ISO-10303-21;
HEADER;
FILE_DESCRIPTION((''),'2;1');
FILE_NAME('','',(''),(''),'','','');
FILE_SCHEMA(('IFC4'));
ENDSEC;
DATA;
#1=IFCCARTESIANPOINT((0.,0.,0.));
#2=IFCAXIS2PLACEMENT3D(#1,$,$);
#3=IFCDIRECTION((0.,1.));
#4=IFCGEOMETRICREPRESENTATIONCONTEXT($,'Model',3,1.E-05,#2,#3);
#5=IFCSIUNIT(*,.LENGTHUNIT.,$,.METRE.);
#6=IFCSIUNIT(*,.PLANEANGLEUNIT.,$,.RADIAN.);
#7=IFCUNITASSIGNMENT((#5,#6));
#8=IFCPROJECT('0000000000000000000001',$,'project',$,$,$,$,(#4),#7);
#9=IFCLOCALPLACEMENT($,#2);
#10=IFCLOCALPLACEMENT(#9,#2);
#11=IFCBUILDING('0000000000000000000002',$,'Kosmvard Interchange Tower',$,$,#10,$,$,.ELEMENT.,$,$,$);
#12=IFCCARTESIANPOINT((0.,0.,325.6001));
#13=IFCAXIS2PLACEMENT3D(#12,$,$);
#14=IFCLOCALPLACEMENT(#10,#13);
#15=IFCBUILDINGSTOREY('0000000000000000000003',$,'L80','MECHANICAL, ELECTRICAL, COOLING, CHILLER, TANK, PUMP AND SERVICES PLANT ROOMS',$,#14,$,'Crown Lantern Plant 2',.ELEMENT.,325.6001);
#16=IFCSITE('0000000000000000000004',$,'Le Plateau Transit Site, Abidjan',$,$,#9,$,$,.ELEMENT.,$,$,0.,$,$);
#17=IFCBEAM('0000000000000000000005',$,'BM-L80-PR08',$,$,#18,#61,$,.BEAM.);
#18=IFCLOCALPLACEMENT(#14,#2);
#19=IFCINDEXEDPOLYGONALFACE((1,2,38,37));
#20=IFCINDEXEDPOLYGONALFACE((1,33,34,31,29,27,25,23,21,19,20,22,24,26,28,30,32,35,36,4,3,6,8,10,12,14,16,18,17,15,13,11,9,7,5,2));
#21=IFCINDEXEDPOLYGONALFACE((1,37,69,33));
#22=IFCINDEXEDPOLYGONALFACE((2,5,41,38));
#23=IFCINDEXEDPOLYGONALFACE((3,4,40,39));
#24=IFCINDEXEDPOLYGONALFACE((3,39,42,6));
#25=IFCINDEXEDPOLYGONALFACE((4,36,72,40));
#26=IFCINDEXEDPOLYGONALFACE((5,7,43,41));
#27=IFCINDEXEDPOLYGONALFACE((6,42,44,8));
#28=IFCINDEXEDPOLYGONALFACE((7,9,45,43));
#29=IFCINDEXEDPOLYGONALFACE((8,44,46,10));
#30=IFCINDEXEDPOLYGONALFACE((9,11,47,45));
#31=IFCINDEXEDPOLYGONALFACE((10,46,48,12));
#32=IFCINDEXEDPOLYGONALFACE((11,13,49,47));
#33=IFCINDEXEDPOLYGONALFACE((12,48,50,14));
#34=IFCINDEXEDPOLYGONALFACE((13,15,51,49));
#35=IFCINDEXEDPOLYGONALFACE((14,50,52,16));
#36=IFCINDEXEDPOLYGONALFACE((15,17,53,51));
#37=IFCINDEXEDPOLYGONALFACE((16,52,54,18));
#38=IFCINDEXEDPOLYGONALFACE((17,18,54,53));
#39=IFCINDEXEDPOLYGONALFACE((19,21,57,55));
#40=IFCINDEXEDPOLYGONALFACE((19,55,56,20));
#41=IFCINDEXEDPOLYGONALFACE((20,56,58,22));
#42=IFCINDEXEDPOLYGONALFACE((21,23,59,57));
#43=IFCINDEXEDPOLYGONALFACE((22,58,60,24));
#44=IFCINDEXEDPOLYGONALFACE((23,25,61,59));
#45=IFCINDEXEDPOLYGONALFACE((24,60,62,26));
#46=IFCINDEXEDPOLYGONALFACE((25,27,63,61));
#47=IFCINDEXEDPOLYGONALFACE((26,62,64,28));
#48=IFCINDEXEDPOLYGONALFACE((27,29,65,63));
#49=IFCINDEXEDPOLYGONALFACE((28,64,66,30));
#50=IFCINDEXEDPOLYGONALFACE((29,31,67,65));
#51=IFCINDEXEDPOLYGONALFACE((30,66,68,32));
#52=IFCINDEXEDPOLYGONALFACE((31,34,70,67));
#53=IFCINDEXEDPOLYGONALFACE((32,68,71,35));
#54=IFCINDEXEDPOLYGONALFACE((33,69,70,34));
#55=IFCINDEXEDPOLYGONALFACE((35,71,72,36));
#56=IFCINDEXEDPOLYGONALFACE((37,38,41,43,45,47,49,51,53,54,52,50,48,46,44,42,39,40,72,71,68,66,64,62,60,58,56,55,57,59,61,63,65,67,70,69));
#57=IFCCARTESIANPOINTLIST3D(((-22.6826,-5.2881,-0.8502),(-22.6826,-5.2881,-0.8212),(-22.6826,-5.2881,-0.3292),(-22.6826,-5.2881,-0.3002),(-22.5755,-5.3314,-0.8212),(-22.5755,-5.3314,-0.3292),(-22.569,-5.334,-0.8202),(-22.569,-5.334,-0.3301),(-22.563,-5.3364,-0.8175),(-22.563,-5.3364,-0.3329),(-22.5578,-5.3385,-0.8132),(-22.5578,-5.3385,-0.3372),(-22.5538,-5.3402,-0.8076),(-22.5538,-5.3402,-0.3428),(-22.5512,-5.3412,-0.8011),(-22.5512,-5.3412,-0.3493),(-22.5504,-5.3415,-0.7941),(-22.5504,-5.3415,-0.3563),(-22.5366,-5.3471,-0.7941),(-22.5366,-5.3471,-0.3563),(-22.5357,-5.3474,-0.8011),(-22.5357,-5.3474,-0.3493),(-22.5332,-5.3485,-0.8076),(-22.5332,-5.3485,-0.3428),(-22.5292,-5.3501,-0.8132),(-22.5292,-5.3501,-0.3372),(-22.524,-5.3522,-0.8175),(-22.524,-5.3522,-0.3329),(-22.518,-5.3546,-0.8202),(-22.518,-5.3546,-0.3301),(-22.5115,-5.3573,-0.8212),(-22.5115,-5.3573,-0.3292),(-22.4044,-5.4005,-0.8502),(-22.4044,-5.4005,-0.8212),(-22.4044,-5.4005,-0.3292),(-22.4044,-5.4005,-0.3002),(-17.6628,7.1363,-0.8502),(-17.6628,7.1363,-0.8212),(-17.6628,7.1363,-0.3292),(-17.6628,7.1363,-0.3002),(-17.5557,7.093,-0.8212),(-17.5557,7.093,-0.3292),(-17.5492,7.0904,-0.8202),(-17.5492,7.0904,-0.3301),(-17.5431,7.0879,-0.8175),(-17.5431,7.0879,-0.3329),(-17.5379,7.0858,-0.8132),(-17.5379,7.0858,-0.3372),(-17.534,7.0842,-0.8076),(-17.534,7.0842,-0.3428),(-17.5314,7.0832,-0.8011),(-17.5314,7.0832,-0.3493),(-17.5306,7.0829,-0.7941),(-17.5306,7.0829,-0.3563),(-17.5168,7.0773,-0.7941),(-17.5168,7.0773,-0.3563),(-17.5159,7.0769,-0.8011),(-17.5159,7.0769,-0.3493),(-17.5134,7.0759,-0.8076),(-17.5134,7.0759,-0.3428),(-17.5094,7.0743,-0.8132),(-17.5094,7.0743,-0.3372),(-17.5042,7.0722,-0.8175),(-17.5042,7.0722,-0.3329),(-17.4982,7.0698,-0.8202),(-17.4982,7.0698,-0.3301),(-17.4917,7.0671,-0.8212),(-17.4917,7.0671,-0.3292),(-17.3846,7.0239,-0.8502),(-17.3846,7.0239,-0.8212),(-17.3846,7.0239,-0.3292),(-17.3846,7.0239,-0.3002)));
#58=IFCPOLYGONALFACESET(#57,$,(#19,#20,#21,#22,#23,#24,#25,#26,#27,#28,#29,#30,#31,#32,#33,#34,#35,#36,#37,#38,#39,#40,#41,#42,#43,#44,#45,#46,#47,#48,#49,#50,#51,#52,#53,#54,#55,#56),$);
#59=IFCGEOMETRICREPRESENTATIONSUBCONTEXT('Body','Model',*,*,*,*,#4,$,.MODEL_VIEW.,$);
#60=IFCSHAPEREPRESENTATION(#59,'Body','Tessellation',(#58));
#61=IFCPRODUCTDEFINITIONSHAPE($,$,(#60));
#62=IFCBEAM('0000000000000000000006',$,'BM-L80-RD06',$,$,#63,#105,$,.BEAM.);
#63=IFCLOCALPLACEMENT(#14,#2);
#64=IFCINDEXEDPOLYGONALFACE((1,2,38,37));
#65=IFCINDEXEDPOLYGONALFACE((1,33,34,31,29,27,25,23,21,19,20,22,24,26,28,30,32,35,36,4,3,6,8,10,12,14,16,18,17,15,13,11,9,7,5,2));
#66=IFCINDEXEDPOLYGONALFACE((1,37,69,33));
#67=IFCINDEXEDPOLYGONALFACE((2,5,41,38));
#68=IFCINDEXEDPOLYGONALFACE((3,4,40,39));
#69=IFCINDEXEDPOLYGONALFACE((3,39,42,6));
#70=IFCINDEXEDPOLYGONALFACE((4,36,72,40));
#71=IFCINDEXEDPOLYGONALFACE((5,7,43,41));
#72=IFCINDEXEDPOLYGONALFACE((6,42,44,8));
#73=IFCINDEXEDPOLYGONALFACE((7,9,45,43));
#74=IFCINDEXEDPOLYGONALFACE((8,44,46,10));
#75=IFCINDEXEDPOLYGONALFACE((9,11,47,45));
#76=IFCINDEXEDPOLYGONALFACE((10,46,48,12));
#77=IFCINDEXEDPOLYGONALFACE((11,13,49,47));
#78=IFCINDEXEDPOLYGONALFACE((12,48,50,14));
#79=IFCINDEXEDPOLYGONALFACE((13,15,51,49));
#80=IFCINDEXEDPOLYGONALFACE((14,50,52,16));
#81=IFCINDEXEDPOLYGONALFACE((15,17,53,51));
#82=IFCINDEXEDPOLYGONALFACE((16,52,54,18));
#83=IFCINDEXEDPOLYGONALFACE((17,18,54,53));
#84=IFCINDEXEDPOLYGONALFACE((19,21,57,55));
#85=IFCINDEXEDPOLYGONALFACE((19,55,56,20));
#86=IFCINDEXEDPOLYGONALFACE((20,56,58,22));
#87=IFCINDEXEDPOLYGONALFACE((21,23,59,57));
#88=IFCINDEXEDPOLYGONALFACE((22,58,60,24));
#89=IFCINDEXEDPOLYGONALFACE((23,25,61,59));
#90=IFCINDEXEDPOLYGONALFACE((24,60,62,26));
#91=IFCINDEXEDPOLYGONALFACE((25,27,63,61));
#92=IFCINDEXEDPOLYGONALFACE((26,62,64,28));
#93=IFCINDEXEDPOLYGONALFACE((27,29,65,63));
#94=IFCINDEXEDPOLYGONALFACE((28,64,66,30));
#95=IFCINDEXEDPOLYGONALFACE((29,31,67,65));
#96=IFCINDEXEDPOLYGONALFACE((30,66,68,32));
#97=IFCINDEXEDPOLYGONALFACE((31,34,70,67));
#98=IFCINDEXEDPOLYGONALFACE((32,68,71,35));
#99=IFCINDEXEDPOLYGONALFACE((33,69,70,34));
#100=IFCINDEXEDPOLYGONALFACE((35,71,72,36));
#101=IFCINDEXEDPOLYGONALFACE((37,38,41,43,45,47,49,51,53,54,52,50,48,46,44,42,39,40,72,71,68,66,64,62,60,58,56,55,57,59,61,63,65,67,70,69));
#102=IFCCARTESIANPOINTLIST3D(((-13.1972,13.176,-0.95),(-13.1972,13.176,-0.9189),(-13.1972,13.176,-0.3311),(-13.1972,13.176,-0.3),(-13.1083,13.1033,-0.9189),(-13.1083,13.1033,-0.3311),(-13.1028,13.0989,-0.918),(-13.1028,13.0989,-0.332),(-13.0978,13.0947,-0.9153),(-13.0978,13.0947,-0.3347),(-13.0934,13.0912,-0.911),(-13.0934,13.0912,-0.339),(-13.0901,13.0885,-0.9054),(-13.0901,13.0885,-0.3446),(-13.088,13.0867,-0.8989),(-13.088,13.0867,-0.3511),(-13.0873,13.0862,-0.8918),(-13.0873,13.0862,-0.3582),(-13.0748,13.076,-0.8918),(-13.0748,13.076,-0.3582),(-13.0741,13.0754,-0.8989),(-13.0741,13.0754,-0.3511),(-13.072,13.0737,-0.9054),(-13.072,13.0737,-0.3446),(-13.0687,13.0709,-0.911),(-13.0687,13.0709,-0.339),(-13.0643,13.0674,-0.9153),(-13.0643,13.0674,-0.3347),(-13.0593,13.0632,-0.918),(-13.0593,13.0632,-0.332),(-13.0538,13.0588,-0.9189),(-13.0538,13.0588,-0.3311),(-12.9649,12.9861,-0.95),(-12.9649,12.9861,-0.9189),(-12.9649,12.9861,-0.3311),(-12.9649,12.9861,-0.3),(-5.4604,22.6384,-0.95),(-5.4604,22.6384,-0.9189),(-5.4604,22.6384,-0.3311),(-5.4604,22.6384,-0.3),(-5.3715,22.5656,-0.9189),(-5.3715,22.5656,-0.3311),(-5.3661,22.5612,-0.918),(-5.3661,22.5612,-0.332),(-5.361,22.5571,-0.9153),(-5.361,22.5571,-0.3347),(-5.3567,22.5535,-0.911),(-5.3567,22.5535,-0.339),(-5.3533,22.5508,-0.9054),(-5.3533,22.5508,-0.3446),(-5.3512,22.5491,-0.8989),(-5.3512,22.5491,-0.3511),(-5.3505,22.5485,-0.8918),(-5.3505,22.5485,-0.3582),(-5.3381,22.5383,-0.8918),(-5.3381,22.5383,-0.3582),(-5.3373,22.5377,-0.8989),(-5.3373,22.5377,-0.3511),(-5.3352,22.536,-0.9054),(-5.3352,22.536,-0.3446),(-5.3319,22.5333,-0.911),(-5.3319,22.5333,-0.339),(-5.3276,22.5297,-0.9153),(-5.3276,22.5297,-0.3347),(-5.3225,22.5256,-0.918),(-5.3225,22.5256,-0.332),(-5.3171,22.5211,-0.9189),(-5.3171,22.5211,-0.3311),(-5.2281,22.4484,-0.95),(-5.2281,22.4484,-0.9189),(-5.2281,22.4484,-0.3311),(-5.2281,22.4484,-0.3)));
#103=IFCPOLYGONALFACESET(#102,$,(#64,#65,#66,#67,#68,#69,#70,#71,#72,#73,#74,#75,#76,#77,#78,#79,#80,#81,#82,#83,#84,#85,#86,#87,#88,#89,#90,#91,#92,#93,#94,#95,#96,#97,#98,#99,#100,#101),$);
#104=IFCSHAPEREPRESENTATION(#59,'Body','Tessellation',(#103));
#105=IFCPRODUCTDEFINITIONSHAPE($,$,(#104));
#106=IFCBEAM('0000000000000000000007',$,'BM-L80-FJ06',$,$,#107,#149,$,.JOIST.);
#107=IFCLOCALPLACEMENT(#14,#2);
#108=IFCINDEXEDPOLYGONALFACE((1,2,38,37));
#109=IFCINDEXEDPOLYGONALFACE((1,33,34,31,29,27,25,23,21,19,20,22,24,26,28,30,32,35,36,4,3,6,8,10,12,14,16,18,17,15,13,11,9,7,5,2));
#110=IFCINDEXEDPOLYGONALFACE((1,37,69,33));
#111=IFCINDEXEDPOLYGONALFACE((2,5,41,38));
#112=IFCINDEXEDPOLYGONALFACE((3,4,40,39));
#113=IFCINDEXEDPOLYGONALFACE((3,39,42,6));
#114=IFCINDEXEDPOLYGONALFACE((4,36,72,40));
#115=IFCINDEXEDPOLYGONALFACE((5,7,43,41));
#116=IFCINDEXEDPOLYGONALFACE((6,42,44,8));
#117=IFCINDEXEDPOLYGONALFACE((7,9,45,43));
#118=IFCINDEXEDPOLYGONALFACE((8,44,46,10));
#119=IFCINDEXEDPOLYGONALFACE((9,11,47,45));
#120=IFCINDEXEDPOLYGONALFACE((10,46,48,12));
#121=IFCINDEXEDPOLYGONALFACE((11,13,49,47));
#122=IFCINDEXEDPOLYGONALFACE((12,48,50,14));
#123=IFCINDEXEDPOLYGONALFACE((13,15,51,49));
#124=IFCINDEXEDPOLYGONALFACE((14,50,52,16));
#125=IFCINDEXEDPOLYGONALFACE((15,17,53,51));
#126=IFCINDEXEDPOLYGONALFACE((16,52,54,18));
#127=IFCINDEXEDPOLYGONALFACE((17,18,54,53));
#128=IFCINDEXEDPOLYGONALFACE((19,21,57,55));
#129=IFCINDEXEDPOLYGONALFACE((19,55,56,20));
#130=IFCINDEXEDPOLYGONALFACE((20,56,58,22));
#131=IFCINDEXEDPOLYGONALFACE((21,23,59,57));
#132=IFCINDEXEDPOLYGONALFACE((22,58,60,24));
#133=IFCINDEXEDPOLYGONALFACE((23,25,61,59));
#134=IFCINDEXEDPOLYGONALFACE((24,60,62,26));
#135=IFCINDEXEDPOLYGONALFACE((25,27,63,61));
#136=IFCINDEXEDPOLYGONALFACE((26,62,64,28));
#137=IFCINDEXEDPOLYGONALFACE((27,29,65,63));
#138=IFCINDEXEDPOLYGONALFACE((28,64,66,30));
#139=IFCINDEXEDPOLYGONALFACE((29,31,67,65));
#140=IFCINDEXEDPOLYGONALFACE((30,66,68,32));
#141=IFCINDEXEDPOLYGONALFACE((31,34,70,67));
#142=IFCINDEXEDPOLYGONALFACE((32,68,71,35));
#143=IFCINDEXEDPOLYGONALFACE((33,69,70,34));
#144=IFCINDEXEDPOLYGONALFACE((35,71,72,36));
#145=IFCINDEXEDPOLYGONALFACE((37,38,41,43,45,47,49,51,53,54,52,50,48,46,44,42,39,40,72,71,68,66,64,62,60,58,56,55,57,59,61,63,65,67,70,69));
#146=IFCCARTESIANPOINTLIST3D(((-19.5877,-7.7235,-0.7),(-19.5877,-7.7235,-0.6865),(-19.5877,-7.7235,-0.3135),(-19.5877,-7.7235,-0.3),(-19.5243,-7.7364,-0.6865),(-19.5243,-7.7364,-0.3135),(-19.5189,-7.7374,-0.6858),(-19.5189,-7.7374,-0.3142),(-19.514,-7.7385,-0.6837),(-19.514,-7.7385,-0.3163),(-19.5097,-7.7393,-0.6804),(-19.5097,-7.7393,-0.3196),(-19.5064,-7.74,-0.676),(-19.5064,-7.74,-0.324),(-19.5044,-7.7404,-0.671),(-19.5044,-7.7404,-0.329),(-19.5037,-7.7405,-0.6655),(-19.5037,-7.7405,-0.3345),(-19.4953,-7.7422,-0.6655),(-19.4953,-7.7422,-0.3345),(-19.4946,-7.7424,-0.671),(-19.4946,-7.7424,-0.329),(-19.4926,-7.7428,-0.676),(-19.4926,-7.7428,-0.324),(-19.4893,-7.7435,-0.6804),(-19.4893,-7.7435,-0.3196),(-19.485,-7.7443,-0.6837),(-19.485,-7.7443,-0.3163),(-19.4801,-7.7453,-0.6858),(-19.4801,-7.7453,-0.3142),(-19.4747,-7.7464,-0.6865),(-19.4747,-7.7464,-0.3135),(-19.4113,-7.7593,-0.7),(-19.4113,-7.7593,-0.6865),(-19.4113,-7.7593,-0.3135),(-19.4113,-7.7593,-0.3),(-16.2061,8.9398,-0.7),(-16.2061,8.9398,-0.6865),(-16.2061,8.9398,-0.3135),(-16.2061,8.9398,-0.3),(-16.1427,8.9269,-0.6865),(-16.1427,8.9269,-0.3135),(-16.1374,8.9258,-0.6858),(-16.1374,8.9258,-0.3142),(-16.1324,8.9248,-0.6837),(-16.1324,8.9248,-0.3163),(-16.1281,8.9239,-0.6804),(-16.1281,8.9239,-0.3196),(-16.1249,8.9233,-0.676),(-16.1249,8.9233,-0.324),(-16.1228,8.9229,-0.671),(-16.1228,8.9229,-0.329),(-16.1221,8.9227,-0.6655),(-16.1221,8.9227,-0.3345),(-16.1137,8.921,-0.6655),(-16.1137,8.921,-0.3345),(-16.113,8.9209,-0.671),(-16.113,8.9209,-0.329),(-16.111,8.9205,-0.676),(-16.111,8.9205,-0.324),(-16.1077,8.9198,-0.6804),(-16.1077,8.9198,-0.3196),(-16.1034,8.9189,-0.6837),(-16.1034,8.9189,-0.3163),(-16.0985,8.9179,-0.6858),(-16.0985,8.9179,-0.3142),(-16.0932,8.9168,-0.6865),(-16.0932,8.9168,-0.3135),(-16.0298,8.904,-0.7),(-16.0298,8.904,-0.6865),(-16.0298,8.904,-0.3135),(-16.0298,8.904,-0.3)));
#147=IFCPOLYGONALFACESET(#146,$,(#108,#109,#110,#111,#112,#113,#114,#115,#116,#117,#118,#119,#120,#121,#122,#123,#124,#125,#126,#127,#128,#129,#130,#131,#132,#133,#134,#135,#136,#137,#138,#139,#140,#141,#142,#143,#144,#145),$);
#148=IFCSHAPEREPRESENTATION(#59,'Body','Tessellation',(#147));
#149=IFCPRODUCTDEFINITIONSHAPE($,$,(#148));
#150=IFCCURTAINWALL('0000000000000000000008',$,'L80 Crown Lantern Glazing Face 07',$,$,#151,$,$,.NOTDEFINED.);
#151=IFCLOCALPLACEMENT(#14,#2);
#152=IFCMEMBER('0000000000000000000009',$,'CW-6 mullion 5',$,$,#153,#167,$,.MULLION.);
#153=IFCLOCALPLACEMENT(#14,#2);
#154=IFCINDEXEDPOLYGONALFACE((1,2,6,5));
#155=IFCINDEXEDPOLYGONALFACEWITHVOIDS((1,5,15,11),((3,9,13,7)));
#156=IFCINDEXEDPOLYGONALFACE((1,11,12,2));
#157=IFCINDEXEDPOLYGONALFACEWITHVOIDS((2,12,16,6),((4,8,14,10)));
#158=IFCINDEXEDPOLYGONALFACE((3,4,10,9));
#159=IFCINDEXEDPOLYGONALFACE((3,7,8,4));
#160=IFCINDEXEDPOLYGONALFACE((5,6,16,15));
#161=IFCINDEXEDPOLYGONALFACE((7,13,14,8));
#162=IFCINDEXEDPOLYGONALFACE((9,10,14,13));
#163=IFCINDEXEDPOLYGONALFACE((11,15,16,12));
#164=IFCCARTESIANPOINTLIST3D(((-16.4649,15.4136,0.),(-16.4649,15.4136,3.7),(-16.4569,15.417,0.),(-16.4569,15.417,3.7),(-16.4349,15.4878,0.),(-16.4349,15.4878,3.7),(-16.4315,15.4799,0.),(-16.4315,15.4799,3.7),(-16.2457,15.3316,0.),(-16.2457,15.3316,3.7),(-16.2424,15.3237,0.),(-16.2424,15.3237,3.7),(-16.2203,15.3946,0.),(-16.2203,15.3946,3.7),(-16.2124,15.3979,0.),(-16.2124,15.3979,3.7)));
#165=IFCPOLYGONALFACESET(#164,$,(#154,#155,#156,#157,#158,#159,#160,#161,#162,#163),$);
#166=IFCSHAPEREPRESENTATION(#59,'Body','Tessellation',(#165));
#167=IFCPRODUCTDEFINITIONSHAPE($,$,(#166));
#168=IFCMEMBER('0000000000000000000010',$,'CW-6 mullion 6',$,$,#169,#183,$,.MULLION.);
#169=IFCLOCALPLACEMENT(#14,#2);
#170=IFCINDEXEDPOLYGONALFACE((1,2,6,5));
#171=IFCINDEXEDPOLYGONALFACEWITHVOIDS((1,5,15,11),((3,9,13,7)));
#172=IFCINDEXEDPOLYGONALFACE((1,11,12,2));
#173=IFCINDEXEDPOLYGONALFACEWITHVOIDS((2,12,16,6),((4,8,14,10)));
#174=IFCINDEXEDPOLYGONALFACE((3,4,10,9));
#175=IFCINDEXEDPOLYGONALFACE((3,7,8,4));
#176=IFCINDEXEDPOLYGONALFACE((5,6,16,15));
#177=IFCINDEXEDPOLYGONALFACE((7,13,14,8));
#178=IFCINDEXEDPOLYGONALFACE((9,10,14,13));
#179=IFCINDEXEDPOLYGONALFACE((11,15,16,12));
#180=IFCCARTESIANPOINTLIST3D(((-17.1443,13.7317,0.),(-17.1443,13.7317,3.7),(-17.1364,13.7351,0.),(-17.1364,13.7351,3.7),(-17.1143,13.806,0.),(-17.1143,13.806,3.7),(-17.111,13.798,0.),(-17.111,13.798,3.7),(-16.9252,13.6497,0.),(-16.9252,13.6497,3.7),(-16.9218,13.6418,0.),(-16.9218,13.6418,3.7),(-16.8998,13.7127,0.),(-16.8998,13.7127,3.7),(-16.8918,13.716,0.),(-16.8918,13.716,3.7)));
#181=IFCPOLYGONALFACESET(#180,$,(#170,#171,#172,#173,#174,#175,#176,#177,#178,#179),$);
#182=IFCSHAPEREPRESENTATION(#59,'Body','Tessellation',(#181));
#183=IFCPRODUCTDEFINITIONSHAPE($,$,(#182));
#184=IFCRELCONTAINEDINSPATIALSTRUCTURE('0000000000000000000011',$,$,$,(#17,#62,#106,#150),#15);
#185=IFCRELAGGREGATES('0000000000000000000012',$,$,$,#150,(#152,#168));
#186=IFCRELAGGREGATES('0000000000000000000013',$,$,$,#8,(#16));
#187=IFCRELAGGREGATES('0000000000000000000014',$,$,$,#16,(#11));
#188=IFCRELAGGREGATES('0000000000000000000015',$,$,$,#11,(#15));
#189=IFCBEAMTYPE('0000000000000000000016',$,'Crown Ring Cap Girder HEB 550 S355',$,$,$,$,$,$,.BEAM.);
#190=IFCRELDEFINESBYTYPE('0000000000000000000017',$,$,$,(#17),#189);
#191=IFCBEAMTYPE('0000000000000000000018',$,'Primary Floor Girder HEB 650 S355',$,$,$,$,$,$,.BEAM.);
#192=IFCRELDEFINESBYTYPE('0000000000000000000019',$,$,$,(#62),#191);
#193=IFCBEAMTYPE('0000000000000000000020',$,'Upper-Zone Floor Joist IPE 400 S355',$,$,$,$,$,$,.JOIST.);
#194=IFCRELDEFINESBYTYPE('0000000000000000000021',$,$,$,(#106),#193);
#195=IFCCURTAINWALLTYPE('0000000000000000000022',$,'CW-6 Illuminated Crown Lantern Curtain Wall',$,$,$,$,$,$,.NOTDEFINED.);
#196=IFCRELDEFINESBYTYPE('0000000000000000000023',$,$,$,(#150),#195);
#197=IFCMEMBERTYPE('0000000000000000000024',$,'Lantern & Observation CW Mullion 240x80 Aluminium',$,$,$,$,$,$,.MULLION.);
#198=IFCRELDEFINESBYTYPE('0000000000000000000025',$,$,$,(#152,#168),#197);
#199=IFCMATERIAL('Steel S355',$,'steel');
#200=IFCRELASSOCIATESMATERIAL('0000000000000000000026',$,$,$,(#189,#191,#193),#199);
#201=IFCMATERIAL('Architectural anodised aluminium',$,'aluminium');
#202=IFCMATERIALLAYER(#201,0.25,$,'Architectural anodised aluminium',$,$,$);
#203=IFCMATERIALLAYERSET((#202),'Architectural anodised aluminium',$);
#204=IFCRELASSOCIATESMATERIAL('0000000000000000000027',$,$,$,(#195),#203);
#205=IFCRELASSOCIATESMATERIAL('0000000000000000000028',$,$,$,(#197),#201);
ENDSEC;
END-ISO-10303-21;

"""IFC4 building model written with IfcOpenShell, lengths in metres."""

from ifc_helpers import new_model, si_unit, direction, frame, origin, origin_2d, place, context, subcontext, project, spatial, hollow_rectangle, i_section, extrude, source, transform, mapped, material, layer, layer_set, material_profile, profile_set, type_object, element, aggregate, save


model = new_model("IFC4")

# Units and contexts
model_context = context("Model", 3, precision=1e-05, world=origin(), true_north=direction((0.0, 1.0)))
body_context = subcontext(model_context, "Body", "Model", "MODEL_VIEW")
ifc_project = project(units=[si_unit("LENGTHUNIT", "METRE"), si_unit("PLANEANGLEUNIT", "RADIAN")], contexts=[model_context])

# Site, building, storey
site_placement = place(None, origin())
site = spatial("IfcSite", under=ifc_project, at=site_placement, Name="Le Plateau Transit Site, Abidjan", CompositionType="ELEMENT", RefElevation=0.0)
building_placement = place(site_placement, origin())
building = spatial("IfcBuilding", under=site, at=building_placement, Name="Kosmvard Interchange Tower", CompositionType="ELEMENT")
storey_placement = place(building_placement, frame((0.0, 0.0, 325.6001)))
storey = spatial("IfcBuildingStorey", under=building, at=storey_placement, Name="L80", Description="MECHANICAL, ELECTRICAL, COOLING, CHILLER, TANK, PUMP AND SERVICES PLANT ROOMS", LongName="Crown Lantern Plant 2", CompositionType="ELEMENT", Elevation=325.6001)

# Shared definitions
ifc_material_1 = material(Name="Steel S355", Category="steel")

# Beams
ifc_material_profile_1 = material_profile(ifc_material_1, i_section(OverallWidth=0.3, OverallDepth=0.55, WebThickness=0.0149, FlangeThickness=0.0291, FilletRadius=0.0271, at=origin_2d()), Name="HEB 550")
ifc_profile_set_1 = profile_set([ifc_material_profile_1], Name="Steel S355")
beam_type_1 = type_object("IfcBeamType", Name="Crown Ring Cap Girder HEB 550 S355", PredefinedType="BEAM", material=ifc_profile_set_1)
shared_shape_1 = source(origin(), body_context, "Body", "SweptSolid", [
    extrude(i_section(OverallWidth=0.3, OverallDepth=0.55, WebThickness=0.0149, FlangeThickness=0.0291, FilletRadius=0.0271, at=origin_2d()), origin(), (0.0, 0.0, 1.0), 13.4001),
])
beam_1_placement = place(storey_placement, frame((-17.5237, 7.0801, -0.5752), z_axis=(-0.374608, -0.927183, 0.0), x_axis=(0.927183, -0.374608, 0.0)))
element("IfcBeam", 1, at=beam_1_placement, inside=storey, type_object=beam_type_1, Name="BM-L80-PR08", PredefinedType="BEAM", context=body_context, shape_type="MappedRepresentation", body=[
    mapped(shared_shape_1, transform((0.0, 0.0, 0.0), scale=1.0)),
])
ifc_material_profile_2 = material_profile(ifc_material_1, i_section(OverallWidth=0.3, OverallDepth=0.6499, WebThickness=0.0161, FlangeThickness=0.031, FilletRadius=0.0271, at=origin_2d()), Name="HEB 650")
ifc_profile_set_2 = profile_set([ifc_material_profile_2], Name="Steel S355")
beam_type_2 = type_object("IfcBeamType", Name="Primary Floor Girder HEB 650 S355", PredefinedType="BEAM", material=ifc_profile_set_2)
shared_shape_2 = source(origin(), body_context, "Body", "SweptSolid", [
    extrude(i_section(OverallWidth=0.3, OverallDepth=0.6499, WebThickness=0.0161, FlangeThickness=0.031, FilletRadius=0.0271, at=origin_2d()), origin(), (0.0, 0.0, 1.0), 12.2227),
])
beam_2_placement = place(storey_placement, frame((-13.0811, 13.0811, -0.625), z_axis=(0.632985, 0.774164, 0.0), x_axis=(-0.774164, 0.632985, 0.0)))
element("IfcBeam", 2, at=beam_2_placement, inside=storey, type_object=beam_type_2, Name="BM-L80-RD06", PredefinedType="BEAM", context=body_context, shape_type="MappedRepresentation", body=[
    mapped(shared_shape_2, transform((0.0, 0.0, 0.0), scale=1.0)),
])
ifc_material_profile_3 = material_profile(ifc_material_1, i_section(OverallWidth=0.1799, OverallDepth=0.3999, WebThickness=0.0085, FlangeThickness=0.0134, FilletRadius=0.021, at=origin_2d()), Name="IPE 400")
ifc_profile_set_3 = profile_set([ifc_material_profile_3], Name="Steel S355")
beam_type_3 = type_object("IfcBeamType", Name="Upper-Zone Floor Joist IPE 400 S355", PredefinedType="JOIST", material=ifc_profile_set_3)
shared_shape_3 = source(origin(), body_context, "Body", "SweptSolid", [
    extrude(i_section(OverallWidth=0.1799, OverallDepth=0.3999, WebThickness=0.0085, FlangeThickness=0.0134, FilletRadius=0.021, at=origin_2d()), origin(), (0.0, 0.0, 1.0), 17.0029),
])
beam_3_placement = place(storey_placement, frame((-16.1179, 8.9219, -0.5), z_axis=(-0.198882, -0.980023, 0.0), x_axis=(0.980023, -0.198882, 0.0)))
element("IfcBeam", 3, at=beam_3_placement, inside=storey, type_object=beam_type_3, Name="BM-L80-FJ06", PredefinedType="JOIST", context=body_context, shape_type="MappedRepresentation", body=[
    mapped(shared_shape_3, transform((0.0, 0.0, 0.0), scale=1.0)),
])

# Curtain wall, members
ifc_material_2 = material(Name="Architectural anodised aluminium", Category="aluminium")
ifc_layer_1 = layer(ifc_material_2, 0.25, Name="Architectural anodised aluminium")
ifc_layer_set_1 = layer_set([ifc_layer_1], Name="Architectural anodised aluminium")
curtain_wall_type = type_object("IfcCurtainWallType", Name="CW-6 Illuminated Crown Lantern Curtain Wall", PredefinedType="NOTDEFINED", material=ifc_layer_set_1)
curtain_wall_placement = place(storey_placement, origin())
curtain_wall = element("IfcCurtainWall", 4, at=curtain_wall_placement, inside=storey, type_object=curtain_wall_type, Name="L80 Crown Lantern Glazing Face 07", PredefinedType="NOTDEFINED")
ifc_material_profile_4 = material_profile(ifc_material_2, hollow_rectangle(XDim=0.24, YDim=0.0801, WallThickness=0.0061, at=origin_2d()), Name="CWM 240x80x6")
ifc_profile_set_4 = profile_set([ifc_material_profile_4], Name="Architectural anodised aluminium")
member_type_1 = type_object("IfcMemberType", Name="Lantern & Observation CW Mullion 240x80 Aluminium", PredefinedType="MULLION", material=ifc_profile_set_4)
shared_shape_4 = source(origin(), body_context, "Body", "SweptSolid", [
    extrude(hollow_rectangle(XDim=0.24, YDim=0.0801, WallThickness=0.0061, at=origin_2d()), origin(), (0.0, 0.0, 1.0), 3.7),
])
member_1_placement = place(storey_placement, frame((-16.3386, 15.4058, 0.0), z_axis=(0.0, 0.0, 1.0), x_axis=(0.927184, -0.374607, 0.0)))
member_1 = element("IfcMember", 5, at=member_1_placement, type_object=member_type_1, Name="CW-6 mullion 5", PredefinedType="MULLION", context=body_context, shape_type="MappedRepresentation", body=[
    mapped(shared_shape_4, transform((0.0, 0.0, 0.0), scale=1.0)),
])
member_2_placement = place(storey_placement, frame((-17.0181, 13.7239, 0.0), z_axis=(0.0, 0.0, 1.0), x_axis=(0.927184, -0.374607, 0.0)))
member_2 = element("IfcMember", 6, at=member_2_placement, type_object=member_type_1, Name="CW-6 mullion 6", PredefinedType="MULLION", context=body_context, shape_type="MappedRepresentation", body=[
    mapped(shared_shape_4, transform((0.0, 0.0, 0.0), scale=1.0)),
])

aggregate(curtain_wall, [member_1, member_2])

save(model, "model.ifc")
